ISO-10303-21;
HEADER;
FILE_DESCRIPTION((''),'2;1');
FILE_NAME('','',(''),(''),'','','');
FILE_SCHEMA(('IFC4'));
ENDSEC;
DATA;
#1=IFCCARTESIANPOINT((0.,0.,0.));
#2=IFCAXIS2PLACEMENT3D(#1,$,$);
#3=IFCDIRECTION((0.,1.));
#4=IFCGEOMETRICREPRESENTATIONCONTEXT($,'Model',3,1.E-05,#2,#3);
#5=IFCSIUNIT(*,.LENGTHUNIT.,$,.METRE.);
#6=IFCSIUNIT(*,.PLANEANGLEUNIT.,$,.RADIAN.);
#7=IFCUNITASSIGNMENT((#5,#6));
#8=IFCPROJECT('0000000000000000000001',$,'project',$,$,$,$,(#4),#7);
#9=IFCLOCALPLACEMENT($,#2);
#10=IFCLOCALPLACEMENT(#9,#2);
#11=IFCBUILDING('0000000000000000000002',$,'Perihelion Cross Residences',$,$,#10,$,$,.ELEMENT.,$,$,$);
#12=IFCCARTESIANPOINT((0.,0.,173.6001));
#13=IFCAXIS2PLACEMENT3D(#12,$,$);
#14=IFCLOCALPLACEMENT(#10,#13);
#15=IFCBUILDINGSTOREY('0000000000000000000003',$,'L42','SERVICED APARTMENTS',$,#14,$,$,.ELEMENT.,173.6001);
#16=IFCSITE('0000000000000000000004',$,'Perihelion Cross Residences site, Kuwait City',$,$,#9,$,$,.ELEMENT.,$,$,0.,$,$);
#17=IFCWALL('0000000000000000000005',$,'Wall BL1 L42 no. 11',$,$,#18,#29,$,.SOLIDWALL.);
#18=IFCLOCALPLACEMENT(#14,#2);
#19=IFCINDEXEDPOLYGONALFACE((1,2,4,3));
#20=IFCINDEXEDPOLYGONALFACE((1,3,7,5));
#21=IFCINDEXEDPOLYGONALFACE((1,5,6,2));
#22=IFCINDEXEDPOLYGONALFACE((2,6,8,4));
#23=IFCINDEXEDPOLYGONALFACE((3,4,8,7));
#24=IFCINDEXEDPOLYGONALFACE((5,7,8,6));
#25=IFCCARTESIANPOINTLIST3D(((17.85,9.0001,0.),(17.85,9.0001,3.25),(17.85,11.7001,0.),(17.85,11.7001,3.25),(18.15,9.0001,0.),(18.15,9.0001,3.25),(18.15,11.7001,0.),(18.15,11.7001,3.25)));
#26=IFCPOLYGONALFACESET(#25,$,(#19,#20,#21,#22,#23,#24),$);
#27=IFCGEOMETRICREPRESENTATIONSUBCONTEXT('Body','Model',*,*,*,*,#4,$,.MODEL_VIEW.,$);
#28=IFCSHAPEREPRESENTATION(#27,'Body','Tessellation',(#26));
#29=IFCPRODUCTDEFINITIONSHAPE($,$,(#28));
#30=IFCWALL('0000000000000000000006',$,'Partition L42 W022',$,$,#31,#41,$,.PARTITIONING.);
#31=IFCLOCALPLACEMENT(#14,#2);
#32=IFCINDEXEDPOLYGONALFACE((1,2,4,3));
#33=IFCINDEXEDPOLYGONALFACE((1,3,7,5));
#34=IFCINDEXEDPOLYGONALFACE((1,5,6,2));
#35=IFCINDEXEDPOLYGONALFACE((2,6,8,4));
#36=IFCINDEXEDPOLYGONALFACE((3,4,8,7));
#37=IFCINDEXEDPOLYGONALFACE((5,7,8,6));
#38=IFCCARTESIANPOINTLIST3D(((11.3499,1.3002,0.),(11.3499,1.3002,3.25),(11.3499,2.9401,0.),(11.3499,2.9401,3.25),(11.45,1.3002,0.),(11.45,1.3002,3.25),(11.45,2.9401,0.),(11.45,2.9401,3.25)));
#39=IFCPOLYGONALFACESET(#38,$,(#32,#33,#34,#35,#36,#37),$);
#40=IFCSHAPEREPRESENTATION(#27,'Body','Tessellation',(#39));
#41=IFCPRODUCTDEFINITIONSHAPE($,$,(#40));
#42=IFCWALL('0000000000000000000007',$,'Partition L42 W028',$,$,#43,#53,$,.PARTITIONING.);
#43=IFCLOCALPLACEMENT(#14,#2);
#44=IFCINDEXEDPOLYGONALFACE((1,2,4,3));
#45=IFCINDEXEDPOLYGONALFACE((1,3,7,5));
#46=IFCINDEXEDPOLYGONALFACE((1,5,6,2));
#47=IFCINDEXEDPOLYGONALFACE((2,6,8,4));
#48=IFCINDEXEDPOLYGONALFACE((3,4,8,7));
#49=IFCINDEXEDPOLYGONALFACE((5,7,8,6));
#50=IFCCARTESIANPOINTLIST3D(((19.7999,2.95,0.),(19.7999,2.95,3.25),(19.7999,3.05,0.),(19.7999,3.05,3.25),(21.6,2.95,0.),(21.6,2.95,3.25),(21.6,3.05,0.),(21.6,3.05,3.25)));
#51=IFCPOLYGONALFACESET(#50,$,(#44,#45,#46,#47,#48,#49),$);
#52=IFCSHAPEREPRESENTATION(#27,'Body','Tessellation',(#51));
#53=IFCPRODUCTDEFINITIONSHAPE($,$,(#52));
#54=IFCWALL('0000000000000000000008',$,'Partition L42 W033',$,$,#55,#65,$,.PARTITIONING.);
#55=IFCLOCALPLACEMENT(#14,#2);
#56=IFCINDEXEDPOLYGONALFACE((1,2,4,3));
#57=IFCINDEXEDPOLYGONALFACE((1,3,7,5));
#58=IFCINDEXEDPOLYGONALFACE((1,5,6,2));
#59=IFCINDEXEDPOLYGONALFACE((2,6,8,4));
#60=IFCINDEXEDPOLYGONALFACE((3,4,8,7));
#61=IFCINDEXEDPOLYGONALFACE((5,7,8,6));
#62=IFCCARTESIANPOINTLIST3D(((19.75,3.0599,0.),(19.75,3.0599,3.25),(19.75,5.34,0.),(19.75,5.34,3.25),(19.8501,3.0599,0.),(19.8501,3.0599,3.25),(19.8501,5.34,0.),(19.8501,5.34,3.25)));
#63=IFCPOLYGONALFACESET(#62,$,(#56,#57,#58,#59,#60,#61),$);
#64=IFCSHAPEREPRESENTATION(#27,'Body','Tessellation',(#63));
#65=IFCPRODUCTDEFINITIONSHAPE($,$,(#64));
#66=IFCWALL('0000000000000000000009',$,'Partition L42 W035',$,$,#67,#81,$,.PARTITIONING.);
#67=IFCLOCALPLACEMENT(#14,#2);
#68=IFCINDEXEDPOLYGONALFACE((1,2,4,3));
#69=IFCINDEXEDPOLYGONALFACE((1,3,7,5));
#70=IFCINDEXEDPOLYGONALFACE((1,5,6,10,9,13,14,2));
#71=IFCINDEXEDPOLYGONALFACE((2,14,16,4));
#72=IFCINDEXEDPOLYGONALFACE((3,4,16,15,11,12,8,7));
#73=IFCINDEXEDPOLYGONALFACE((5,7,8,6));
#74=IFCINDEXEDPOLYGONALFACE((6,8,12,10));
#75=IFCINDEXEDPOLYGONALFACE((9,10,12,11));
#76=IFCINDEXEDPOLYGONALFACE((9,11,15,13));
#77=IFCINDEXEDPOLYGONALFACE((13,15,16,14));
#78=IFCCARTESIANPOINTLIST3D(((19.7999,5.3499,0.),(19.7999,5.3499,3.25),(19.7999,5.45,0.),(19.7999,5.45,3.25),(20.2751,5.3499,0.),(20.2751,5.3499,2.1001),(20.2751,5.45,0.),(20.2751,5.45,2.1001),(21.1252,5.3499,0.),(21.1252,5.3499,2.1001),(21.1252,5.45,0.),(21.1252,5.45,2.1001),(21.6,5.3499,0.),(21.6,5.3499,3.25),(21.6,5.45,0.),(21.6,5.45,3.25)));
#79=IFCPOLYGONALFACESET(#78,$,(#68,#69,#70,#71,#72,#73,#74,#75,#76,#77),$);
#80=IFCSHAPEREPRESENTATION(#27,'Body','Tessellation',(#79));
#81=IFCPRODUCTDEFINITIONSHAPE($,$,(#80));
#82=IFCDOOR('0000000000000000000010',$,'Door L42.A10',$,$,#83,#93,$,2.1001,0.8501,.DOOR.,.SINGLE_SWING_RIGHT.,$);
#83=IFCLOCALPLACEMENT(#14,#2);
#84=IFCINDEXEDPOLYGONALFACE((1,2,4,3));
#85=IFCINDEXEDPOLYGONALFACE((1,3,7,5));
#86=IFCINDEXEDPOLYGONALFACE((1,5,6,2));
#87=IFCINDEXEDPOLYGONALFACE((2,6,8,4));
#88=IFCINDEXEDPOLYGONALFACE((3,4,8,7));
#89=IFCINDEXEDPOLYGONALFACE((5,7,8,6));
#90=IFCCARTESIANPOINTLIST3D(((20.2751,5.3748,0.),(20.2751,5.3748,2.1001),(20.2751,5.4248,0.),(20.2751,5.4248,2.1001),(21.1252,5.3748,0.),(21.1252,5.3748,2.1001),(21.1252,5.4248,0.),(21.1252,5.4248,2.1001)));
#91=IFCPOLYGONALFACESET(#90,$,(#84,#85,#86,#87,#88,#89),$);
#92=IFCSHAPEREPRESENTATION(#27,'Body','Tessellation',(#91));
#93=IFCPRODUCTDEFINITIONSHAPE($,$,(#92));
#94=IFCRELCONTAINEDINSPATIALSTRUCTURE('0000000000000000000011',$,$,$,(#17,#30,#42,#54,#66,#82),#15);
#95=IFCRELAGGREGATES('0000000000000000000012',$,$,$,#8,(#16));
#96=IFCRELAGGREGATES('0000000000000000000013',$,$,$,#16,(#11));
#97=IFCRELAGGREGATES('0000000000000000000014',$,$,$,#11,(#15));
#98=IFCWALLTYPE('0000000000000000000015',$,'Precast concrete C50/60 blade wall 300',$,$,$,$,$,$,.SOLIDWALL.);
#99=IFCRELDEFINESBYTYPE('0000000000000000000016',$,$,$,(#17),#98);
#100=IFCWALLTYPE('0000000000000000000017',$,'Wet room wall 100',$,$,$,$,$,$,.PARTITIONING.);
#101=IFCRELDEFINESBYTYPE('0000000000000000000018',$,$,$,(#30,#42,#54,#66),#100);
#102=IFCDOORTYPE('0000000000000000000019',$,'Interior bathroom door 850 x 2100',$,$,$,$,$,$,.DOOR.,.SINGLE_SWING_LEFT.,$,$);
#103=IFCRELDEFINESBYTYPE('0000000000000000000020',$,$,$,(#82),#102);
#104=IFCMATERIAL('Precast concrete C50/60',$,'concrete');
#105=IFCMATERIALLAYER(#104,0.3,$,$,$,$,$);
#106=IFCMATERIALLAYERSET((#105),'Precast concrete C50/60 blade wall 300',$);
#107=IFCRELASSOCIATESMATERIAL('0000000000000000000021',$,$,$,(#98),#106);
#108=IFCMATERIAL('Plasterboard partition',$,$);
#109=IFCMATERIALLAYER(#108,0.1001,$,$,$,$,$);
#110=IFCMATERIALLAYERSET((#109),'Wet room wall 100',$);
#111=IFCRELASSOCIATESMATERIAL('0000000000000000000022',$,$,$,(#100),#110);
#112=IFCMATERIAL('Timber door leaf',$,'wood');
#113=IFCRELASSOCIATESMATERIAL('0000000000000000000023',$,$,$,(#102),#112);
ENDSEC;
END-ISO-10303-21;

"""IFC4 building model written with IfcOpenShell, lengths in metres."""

from ifc_helpers import new_model, si_unit, direction, frame, frame_2d, origin, place, context, subcontext, project, spatial, rectangle, extrude, material, layer, layer_set, type_object, element, fill, save


model = new_model("IFC4")

# Units and contexts
model_context = context("Model", 3, precision=1e-05, world=origin(), true_north=direction((0.0, 1.0)))
body_context = subcontext(model_context, "Body", "Model", "MODEL_VIEW")
ifc_project = project(units=[si_unit("LENGTHUNIT", "METRE"), si_unit("PLANEANGLEUNIT", "RADIAN")], contexts=[model_context])

# Site, building, storey
site_placement = place(None, origin())
site = spatial("IfcSite", under=ifc_project, at=site_placement, Name="Perihelion Cross Residences site, Kuwait City", CompositionType="ELEMENT", RefElevation=0.0)
building_placement = place(site_placement, origin())
building = spatial("IfcBuilding", under=site, at=building_placement, Name="Perihelion Cross Residences", CompositionType="ELEMENT")
storey_placement = place(building_placement, frame((0.0, 0.0, 173.6001)))
storey = spatial("IfcBuildingStorey", under=building, at=storey_placement, Name="L42", Description="SERVICED APARTMENTS", CompositionType="ELEMENT", Elevation=173.6001)

# Walls
ifc_material_1 = material(Name="Precast concrete C50/60", Category="concrete")
ifc_layer_1 = layer(ifc_material_1, 0.3)
ifc_layer_set_1 = layer_set([ifc_layer_1], Name="Precast concrete C50/60 blade wall 300")
wall_type_1 = type_object("IfcWallType", Name="Precast concrete C50/60 blade wall 300", PredefinedType="SOLIDWALL", material=ifc_layer_set_1)
wall_1_placement = place(storey_placement, frame((18.0, 9.0, 0.0), z_axis=(0.0, 0.0, 1.0), x_axis=(0.0, 1.0, 0.0)))
element("IfcWall", 1, at=wall_1_placement, inside=storey, type_object=wall_type_1, Name="Wall BL1 L42 no. 11", PredefinedType="SOLIDWALL", context=body_context, shape_type="SweptSolid", body=[
    extrude(rectangle(XDim=2.7, YDim=0.3, at=frame_2d((1.3501, 0.0))), origin(), (0.0, 0.0, 1.0), 3.25),
])
ifc_material_2 = material(Name="Plasterboard partition")
ifc_layer_2 = layer(ifc_material_2, 0.1001)
ifc_layer_set_2 = layer_set([ifc_layer_2], Name="Wet room wall 100")
wall_type_2 = type_object("IfcWallType", Name="Wet room wall 100", PredefinedType="PARTITIONING", material=ifc_layer_set_2)
wall_2_placement = place(storey_placement, frame((11.3999, 2.9399, 0.0), z_axis=(0.0, 0.0, 1.0), x_axis=(0.0, -1.0, 0.0)))
element("IfcWall", 2, at=wall_2_placement, inside=storey, type_object=wall_type_2, Name="Partition L42 W022", PredefinedType="PARTITIONING", context=body_context, shape_type="SweptSolid", body=[
    extrude(rectangle(XDim=1.6399, YDim=0.1001, at=frame_2d((0.8198, 0.0))), origin(), (0.0, 0.0, 1.0), 3.25),
])
wall_3_placement = place(storey_placement, frame((19.8, 3.0, 0.0), z_axis=(0.0, 0.0, 1.0), x_axis=(1.0, 0.0, 0.0)))
element("IfcWall", 3, at=wall_3_placement, inside=storey, type_object=wall_type_2, Name="Partition L42 W028", PredefinedType="PARTITIONING", context=body_context, shape_type="SweptSolid", body=[
    extrude(rectangle(XDim=1.8, YDim=0.1001, at=frame_2d((0.8999, 0.0))), origin(), (0.0, 0.0, 1.0), 3.25),
])
wall_4_placement = place(storey_placement, frame((19.8, 5.3401, 0.0), z_axis=(0.0, 0.0, 1.0), x_axis=(0.0, -1.0, 0.0)))
element("IfcWall", 4, at=wall_4_placement, inside=storey, type_object=wall_type_2, Name="Partition L42 W033", PredefinedType="PARTITIONING", context=body_context, shape_type="SweptSolid", body=[
    extrude(rectangle(XDim=2.28, YDim=0.1001, at=frame_2d((1.1401, 0.0))), origin(), (0.0, 0.0, 1.0), 3.25),
])

# Wall, opening, door
wall_5_placement = place(storey_placement, frame((19.8, 5.3999, 0.0), z_axis=(0.0, 0.0, 1.0), x_axis=(1.0, 0.0, 0.0)))
wall_5 = element("IfcWall", 5, at=wall_5_placement, inside=storey, type_object=wall_type_2, Name="Partition L42 W035", PredefinedType="PARTITIONING", context=body_context, shape_type="SweptSolid", body=[
    extrude(rectangle(XDim=1.8, YDim=0.1001, at=frame_2d((0.8999, 0.0))), origin(), (0.0, 0.0, 1.0), 3.25),
])
opening_1_placement = place(wall_5_placement, frame((0.4751, 0.0, 0.0)))
opening_1 = element("IfcOpeningElement", 6, at=opening_1_placement, cuts=wall_5, PredefinedType="OPENING", context=body_context, shape_type="SweptSolid", body=[
    extrude(rectangle(XDim=0.8501, YDim=2.1001, at=frame_2d((0.425, 1.05))), frame((0.0, 0.0601, 0.0), z_axis=(0.0, -1.0, 0.0), x_axis=(1.0, 0.0, 0.0)), (0.0, 0.0, 1.0), 0.1201),
])
ifc_material_3 = material(Name="Timber door leaf", Category="wood")
door_type_1 = type_object("IfcDoorType", Name="Interior bathroom door 850 x 2100", OperationType="SINGLE_SWING_LEFT", PredefinedType="DOOR", material=ifc_material_3)
door_1_placement = place(opening_1_placement, origin())
door_1 = element("IfcDoor", 7, at=door_1_placement, inside=storey, type_object=door_type_1, Name="Door L42.A10", OperationType="SINGLE_SWING_RIGHT", OverallHeight=2.1001, OverallWidth=0.8501, PredefinedType="DOOR", context=body_context, shape_type="SweptSolid", body=[
    extrude(rectangle(XDim=0.8501, YDim=2.1001, at=frame_2d((0.425, 1.05))), frame((0.0, 0.0249, 0.0), z_axis=(0.0, -1.0, 0.0), x_axis=(1.0, 0.0, 0.0)), (0.0, 0.0, 1.0), 0.05),
])
fill(opening_1, door_1)

save(model, "model.ifc")
